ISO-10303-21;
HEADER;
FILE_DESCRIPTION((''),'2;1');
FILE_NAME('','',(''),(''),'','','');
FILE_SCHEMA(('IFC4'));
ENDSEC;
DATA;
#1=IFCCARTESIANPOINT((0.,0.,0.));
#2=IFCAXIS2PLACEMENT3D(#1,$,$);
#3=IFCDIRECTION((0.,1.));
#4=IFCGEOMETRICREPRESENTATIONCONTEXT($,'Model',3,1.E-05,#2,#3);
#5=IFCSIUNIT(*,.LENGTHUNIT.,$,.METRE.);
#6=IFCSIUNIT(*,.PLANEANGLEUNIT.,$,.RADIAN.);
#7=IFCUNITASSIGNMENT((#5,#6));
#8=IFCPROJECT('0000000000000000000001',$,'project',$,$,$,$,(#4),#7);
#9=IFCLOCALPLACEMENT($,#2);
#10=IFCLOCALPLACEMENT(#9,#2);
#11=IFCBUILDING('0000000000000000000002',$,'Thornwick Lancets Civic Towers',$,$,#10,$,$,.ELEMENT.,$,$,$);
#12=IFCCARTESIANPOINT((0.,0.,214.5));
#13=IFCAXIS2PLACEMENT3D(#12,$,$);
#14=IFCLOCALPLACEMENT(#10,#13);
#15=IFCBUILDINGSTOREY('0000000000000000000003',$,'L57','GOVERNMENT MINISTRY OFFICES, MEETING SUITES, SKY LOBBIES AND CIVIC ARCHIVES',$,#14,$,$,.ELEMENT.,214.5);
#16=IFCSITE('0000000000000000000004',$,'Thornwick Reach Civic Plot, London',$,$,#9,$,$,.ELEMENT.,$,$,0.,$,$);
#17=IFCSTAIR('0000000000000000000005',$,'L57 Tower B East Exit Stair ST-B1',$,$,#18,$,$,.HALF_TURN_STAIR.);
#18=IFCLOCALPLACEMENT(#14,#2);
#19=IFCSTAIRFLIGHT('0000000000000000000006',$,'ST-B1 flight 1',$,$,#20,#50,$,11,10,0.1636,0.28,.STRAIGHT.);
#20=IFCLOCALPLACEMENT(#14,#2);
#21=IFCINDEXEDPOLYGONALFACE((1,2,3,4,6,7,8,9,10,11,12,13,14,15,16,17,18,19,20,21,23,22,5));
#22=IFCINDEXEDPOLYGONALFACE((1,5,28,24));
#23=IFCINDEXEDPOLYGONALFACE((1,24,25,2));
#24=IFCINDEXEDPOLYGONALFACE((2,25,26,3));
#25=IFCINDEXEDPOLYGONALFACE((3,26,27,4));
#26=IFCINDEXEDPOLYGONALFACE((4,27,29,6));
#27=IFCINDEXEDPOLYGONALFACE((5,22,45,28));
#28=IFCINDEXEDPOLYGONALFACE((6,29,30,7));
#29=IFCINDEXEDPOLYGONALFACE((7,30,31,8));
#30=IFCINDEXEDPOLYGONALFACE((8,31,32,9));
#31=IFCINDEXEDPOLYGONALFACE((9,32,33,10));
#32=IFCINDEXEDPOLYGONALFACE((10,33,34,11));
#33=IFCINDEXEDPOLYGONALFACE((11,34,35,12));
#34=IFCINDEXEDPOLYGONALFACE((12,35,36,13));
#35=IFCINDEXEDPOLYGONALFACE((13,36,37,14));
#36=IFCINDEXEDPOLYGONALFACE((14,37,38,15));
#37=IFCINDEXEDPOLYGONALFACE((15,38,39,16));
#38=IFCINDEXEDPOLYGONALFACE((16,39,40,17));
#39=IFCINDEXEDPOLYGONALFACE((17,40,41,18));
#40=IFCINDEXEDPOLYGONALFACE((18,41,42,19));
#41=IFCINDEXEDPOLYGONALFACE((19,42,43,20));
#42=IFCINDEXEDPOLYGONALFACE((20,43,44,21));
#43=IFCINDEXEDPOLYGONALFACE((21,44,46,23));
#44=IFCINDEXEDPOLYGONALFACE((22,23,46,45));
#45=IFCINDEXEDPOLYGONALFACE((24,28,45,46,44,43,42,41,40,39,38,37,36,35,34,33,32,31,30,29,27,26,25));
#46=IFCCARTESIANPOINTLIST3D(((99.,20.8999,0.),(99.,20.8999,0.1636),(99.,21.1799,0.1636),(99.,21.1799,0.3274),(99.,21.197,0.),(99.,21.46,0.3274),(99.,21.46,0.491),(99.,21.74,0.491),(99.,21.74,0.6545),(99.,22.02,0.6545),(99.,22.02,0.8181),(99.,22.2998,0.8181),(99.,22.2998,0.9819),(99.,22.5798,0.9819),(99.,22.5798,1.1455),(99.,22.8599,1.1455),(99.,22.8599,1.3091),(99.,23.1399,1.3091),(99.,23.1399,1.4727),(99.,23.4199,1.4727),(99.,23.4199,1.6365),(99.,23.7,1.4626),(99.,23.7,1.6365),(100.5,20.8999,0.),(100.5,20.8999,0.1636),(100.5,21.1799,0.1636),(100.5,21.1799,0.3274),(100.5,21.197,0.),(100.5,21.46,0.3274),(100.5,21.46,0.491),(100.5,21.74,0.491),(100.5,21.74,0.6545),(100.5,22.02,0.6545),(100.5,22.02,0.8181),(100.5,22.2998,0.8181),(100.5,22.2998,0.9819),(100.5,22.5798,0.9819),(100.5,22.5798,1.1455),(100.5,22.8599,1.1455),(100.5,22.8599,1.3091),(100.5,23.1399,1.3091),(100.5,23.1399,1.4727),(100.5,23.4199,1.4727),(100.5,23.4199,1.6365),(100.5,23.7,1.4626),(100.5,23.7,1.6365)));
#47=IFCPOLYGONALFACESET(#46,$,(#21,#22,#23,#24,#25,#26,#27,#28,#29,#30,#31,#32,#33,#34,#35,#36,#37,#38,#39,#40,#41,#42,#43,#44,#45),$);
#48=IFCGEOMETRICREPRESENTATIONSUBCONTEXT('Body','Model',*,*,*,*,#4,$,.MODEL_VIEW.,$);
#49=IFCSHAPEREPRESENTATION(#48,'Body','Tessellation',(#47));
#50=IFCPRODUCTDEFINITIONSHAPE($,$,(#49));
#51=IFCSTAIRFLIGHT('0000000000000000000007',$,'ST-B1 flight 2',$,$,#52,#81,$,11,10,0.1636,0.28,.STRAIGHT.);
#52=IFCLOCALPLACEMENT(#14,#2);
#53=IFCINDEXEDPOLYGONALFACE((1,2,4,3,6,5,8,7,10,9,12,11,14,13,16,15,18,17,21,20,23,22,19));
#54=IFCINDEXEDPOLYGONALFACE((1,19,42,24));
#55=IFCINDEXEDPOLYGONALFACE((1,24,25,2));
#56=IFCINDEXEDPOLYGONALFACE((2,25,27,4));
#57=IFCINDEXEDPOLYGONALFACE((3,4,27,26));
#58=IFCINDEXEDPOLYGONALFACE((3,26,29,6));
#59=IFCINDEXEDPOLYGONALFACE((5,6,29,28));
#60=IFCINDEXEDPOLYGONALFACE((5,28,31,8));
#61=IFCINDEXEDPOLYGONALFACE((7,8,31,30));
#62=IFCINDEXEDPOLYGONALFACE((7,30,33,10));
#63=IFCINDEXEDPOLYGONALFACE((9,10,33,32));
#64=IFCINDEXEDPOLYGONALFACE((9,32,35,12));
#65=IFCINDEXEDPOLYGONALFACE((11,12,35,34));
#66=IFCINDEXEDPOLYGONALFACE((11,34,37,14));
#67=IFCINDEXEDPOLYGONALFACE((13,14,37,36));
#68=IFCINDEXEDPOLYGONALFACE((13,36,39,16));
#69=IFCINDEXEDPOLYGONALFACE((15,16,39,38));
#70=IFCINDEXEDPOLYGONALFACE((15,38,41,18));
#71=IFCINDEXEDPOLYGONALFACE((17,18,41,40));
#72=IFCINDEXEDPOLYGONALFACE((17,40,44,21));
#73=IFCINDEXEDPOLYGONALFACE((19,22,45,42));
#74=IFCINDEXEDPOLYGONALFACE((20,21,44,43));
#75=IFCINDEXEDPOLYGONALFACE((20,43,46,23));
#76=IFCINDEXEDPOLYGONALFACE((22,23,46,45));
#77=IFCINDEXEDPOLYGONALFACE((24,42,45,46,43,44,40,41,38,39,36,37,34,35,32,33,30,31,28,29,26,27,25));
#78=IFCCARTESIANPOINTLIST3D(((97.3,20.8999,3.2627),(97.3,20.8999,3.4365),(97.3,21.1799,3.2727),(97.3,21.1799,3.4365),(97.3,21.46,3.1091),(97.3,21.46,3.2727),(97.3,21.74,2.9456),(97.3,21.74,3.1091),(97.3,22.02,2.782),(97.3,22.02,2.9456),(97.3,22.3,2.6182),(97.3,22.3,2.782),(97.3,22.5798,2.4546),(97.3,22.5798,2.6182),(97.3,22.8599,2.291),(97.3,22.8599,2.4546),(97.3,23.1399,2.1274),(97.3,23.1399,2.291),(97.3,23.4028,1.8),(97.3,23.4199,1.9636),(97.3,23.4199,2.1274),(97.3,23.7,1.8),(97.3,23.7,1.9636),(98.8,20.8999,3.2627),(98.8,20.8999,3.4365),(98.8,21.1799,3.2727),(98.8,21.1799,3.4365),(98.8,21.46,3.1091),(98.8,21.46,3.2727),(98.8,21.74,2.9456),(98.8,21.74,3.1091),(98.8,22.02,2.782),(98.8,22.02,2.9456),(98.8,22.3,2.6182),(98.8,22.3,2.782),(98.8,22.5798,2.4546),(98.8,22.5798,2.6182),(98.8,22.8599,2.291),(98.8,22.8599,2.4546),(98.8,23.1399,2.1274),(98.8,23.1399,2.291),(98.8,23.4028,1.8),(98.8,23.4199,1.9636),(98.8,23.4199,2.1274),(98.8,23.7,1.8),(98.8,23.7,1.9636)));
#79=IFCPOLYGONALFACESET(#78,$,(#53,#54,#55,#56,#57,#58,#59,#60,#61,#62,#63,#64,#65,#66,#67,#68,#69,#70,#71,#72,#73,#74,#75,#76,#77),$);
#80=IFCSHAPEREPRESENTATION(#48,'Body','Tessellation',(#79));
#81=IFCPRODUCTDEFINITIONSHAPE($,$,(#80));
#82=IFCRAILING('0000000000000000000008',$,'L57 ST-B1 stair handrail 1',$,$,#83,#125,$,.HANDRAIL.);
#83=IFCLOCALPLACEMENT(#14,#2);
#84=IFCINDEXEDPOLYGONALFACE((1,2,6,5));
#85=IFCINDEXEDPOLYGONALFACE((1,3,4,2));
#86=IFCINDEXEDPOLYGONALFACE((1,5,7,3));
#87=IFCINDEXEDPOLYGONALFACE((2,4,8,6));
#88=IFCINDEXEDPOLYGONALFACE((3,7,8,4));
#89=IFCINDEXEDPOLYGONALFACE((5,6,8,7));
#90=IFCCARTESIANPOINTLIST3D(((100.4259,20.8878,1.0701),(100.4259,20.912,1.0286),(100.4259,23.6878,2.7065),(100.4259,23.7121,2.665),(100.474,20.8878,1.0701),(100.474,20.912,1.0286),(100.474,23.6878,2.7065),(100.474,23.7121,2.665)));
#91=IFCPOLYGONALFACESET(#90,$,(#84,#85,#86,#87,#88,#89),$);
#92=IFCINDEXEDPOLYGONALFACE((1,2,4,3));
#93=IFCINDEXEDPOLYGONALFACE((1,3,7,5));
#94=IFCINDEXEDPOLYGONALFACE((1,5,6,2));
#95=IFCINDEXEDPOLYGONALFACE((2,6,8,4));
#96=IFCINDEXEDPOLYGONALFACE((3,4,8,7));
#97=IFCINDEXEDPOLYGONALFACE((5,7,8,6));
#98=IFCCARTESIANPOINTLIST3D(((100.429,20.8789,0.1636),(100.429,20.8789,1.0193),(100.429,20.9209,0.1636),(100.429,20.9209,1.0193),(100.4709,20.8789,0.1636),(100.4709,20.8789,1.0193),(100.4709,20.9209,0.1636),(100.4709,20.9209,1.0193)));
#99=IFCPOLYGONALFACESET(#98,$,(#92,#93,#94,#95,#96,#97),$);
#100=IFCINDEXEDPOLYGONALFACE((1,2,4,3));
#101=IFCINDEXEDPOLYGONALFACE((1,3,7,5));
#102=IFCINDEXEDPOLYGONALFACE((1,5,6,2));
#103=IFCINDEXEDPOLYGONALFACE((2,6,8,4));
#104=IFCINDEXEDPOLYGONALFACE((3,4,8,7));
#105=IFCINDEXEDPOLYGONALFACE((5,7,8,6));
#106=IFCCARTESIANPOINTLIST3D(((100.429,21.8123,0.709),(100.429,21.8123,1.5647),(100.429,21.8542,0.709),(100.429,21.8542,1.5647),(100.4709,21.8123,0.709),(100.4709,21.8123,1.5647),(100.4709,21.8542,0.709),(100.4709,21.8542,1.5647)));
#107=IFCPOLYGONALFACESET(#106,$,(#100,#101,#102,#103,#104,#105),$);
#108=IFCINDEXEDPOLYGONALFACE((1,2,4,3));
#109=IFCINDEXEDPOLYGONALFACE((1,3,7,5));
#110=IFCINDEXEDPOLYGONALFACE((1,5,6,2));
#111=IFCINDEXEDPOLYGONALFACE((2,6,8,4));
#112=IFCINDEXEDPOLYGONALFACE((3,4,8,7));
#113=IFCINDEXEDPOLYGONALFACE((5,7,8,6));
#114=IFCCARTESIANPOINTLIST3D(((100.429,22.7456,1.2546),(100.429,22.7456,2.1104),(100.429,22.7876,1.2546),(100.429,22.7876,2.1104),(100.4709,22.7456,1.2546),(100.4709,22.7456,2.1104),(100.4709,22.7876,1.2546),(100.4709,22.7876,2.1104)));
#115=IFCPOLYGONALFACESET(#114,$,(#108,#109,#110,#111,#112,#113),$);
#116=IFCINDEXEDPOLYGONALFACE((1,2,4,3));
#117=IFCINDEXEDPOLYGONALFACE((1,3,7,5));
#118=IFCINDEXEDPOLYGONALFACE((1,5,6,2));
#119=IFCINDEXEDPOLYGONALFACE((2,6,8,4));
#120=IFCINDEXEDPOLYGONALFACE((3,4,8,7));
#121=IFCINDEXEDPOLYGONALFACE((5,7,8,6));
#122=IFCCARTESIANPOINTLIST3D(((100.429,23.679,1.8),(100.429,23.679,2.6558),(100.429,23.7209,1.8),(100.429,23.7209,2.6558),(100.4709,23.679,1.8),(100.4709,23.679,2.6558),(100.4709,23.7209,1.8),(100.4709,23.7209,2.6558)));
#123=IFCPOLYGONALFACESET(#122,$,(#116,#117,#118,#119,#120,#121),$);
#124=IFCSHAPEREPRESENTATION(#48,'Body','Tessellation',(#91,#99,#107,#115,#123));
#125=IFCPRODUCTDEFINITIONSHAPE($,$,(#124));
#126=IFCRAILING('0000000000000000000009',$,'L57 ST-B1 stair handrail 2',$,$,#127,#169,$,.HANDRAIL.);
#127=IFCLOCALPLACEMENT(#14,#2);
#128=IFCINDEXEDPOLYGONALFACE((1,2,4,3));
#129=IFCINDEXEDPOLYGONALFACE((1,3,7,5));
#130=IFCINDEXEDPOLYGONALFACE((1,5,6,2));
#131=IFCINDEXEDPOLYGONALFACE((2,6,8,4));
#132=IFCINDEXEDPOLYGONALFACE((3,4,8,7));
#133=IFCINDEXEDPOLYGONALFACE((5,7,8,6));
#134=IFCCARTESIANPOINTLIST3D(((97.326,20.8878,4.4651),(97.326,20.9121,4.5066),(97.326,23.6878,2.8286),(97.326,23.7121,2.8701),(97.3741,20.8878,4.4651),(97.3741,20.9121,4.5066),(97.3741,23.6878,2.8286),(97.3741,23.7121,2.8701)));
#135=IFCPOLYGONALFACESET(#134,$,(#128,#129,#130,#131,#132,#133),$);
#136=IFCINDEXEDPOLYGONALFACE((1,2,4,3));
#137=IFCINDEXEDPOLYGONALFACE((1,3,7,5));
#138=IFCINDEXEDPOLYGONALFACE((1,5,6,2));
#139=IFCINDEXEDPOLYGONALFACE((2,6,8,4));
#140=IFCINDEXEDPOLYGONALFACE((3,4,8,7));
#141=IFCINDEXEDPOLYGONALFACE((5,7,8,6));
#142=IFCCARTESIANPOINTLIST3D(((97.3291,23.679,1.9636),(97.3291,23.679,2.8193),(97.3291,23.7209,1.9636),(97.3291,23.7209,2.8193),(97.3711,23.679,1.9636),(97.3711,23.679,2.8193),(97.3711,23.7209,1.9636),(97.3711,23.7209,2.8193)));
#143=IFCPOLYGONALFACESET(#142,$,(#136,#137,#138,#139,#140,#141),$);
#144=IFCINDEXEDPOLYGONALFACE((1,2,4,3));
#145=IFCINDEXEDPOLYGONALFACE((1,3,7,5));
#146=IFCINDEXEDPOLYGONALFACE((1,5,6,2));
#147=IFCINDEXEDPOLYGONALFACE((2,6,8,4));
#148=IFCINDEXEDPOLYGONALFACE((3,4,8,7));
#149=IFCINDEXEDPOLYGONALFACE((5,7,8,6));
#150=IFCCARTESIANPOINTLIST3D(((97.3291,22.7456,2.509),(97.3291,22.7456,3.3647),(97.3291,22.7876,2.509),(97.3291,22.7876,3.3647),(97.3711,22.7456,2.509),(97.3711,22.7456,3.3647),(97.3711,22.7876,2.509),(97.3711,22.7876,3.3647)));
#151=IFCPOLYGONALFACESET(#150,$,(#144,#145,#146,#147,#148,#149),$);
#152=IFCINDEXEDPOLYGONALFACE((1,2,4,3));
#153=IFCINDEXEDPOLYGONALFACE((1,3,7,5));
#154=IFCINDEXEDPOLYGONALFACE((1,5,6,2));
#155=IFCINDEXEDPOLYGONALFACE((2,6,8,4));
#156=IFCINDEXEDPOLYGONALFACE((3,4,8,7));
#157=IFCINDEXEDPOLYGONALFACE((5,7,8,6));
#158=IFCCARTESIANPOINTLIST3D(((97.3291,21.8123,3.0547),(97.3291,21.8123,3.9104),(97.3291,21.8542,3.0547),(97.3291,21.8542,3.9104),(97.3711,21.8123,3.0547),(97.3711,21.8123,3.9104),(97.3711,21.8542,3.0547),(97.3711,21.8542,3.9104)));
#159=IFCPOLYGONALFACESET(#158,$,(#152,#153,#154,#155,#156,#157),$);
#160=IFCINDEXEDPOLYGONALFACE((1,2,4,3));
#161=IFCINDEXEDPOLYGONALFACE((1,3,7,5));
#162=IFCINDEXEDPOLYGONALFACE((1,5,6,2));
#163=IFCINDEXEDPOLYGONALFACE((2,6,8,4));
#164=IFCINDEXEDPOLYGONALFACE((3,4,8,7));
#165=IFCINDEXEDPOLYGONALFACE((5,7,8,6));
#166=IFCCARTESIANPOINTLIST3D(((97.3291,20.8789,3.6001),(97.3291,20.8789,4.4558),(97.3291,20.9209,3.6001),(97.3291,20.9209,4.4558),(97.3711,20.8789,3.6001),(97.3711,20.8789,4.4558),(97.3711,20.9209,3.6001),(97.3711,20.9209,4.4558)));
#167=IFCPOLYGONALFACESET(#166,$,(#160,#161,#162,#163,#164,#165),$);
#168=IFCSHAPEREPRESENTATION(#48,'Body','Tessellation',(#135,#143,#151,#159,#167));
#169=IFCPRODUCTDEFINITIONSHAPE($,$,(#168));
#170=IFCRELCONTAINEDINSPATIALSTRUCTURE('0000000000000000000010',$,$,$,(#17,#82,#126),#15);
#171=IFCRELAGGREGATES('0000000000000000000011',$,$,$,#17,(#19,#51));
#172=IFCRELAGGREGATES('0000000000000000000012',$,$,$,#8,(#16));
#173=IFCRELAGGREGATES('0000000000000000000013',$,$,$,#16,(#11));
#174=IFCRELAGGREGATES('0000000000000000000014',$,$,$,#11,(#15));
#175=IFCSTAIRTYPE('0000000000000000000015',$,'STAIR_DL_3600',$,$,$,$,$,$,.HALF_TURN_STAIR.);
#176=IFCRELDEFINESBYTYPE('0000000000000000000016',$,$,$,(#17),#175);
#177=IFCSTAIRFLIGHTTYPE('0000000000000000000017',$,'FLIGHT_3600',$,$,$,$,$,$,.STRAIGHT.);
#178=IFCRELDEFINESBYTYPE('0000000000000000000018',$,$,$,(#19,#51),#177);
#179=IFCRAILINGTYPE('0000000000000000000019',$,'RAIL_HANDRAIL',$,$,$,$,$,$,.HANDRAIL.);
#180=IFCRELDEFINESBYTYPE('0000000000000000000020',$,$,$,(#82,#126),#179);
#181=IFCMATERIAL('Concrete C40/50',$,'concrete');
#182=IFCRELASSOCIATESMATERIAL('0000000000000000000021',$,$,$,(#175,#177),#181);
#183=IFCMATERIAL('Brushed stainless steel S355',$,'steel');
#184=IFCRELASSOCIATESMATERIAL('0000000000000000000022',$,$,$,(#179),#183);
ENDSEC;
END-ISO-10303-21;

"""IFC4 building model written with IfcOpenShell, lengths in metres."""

from ifc_helpers import new_model, si_unit, direction, frame, origin, origin_2d, place, context, subcontext, project, spatial, polyline, rectangle, outline, extrude, material, type_object, element, aggregate, save


model = new_model("IFC4")

# Units and contexts
model_context = context("Model", 3, precision=1e-05, world=origin(), true_north=direction((0.0, 1.0)))
body_context = subcontext(model_context, "Body", "Model", "MODEL_VIEW")
ifc_project = project(units=[si_unit("LENGTHUNIT", "METRE"), si_unit("PLANEANGLEUNIT", "RADIAN")], contexts=[model_context])

# Site, building, storey
site_placement = place(None, origin())
site = spatial("IfcSite", under=ifc_project, at=site_placement, Name="Thornwick Reach Civic Plot, London", CompositionType="ELEMENT", RefElevation=0.0)
building_placement = place(site_placement, origin())
building = spatial("IfcBuilding", under=site, at=building_placement, Name="Thornwick Lancets Civic Towers", CompositionType="ELEMENT")
storey_placement = place(building_placement, frame((0.0, 0.0, 214.5)))
storey = spatial("IfcBuildingStorey", under=building, at=storey_placement, Name="L57", Description="GOVERNMENT MINISTRY OFFICES, MEETING SUITES, SKY LOBBIES AND CIVIC ARCHIVES", CompositionType="ELEMENT", Elevation=214.5)

# Shared definitions
ifc_material_1 = material(Name="Concrete C40/50", Category="concrete")

# Stair, stair flights
stair_type = type_object("IfcStairType", Name="STAIR_DL_3600", PredefinedType="HALF_TURN_STAIR", material=ifc_material_1)
stair_placement = place(storey_placement, origin())
stair = element("IfcStair", 1, at=stair_placement, inside=storey, type_object=stair_type, Name="L57 Tower B East Exit Stair ST-B1", PredefinedType="HALF_TURN_STAIR")
stair_flight_type = type_object("IfcStairFlightType", Name="FLIGHT_3600", PredefinedType="STRAIGHT", material=ifc_material_1)
stair_flight_1_placement = place(storey_placement, frame((99.75, 20.8999, 0.0), z_axis=(0.0, 0.0, 1.0), x_axis=(0.0, 1.0, 0.0)))
stair_flight_1 = element("IfcStairFlight", 2, at=stair_flight_1_placement, type_object=stair_flight_type, Name="ST-B1 flight 1", NumberOfRisers=11, NumberOfTreads=10, PredefinedType="STRAIGHT", RiserHeight=0.1636, TreadLength=0.28, context=body_context, shape_type="SweptSolid", body=[
    extrude(outline(polyline([(0.0, 0.0), (0.0, 0.1636), (0.28, 0.1636), (0.28, 0.3274), (0.5601, 0.3274), (0.5601, 0.491), (0.8401, 0.491), (0.8401, 0.6545), (1.1201, 0.6545), (1.1201, 0.8181), (1.3999, 0.8181), (1.3999, 0.9819), (1.6799, 0.9819), (1.6799, 1.1455), (1.96, 1.1455), (1.96, 1.3091), (2.24, 1.3091), (2.24, 1.4727), (2.52, 1.4727), (2.52, 1.6365), (2.8, 1.6365), (2.8, 1.8), (2.8, 1.4626), (0.2971, 0.0), (0.0, 0.0)])), frame((0.0, 0.75, 0.0), z_axis=(0.0, -1.0, 0.0), x_axis=(1.0, 0.0, 0.0)), (0.0, 0.0, 1.0), 1.5),
])
stair_flight_2_placement = place(storey_placement, frame((98.05, 23.7, 1.8), z_axis=(0.0, 0.0, 1.0), x_axis=(0.0, -1.0, 0.0)))
stair_flight_2 = element("IfcStairFlight", 3, at=stair_flight_2_placement, type_object=stair_flight_type, Name="ST-B1 flight 2", NumberOfRisers=11, NumberOfTreads=10, PredefinedType="STRAIGHT", RiserHeight=0.1636, TreadLength=0.28, context=body_context, shape_type="SweptSolid", body=[
    extrude(outline(polyline([(0.0, 0.0), (0.0, 0.1636), (0.28, 0.1636), (0.28, 0.3274), (0.5601, 0.3274), (0.5601, 0.491), (0.8401, 0.491), (0.8401, 0.6545), (1.1201, 0.6545), (1.1201, 0.8181), (1.3999, 0.8181), (1.3999, 0.9819), (1.6799, 0.9819), (1.6799, 1.1455), (1.96, 1.1455), (1.96, 1.3091), (2.24, 1.3091), (2.24, 1.4727), (2.52, 1.4727), (2.52, 1.6365), (2.8, 1.6365), (2.8, 1.8), (2.8, 1.4626), (0.2971, 0.0), (0.0, 0.0)])), frame((0.0, 0.75, 0.0), z_axis=(0.0, -1.0, 0.0), x_axis=(1.0, 0.0, 0.0)), (0.0, 0.0, 1.0), 1.5),
])
aggregate(stair, [stair_flight_1, stair_flight_2])

# Railings
ifc_material_2 = material(Name="Brushed stainless steel S355", Category="steel")
railing_type_1 = type_object("IfcRailingType", Name="RAIL_HANDRAIL", PredefinedType="HANDRAIL", material=ifc_material_2)
railing_1_placement = place(storey_placement, frame((100.45, 20.8999, 0.1636)))
element("IfcRailing", 4, at=railing_1_placement, inside=storey, type_object=railing_type_1, Name="L57 ST-B1 stair handrail 1", PredefinedType="HANDRAIL", context=body_context, shape_type="SweptSolid", body=[
    extrude(rectangle(XDim=0.0481, YDim=0.0481, at=origin_2d()), frame((0.0, 0.0, 0.8857), z_axis=(0.0, 0.863361, 0.504587), x_axis=(-1.0, 0.0, 0.0)), (0.0, 0.0, 1.0), 3.2432),
    extrude(rectangle(XDim=0.042, YDim=0.042, at=origin_2d()), origin(), (0.0, 0.0, 1.0), 0.8557),
    extrude(rectangle(XDim=0.042, YDim=0.042, at=origin_2d()), frame((0.0, 0.9333, 0.5454)), (0.0, 0.0, 1.0), 0.8557),
    extrude(rectangle(XDim=0.042, YDim=0.042, at=origin_2d()), frame((0.0, 1.8667, 1.0911)), (0.0, 0.0, 1.0), 0.8557),
    extrude(rectangle(XDim=0.042, YDim=0.042, at=origin_2d()), frame((0.0, 2.8, 1.6365)), (0.0, 0.0, 1.0), 0.8557),
])
railing_2_placement = place(storey_placement, frame((97.3501, 23.7, 1.9636)))
element("IfcRailing", 5, at=railing_2_placement, inside=storey, type_object=railing_type_1, Name="L57 ST-B1 stair handrail 2", PredefinedType="HANDRAIL", context=body_context, shape_type="SweptSolid", body=[
    extrude(rectangle(XDim=0.0481, YDim=0.0481, at=origin_2d()), frame((0.0, 0.0, 0.8857), z_axis=(0.0, -0.863361, 0.504587), x_axis=(1.0, 0.0, 0.0)), (0.0, 0.0, 1.0), 3.2432),
    extrude(rectangle(XDim=0.042, YDim=0.042, at=origin_2d()), origin(), (0.0, 0.0, 1.0), 0.8557),
    extrude(rectangle(XDim=0.042, YDim=0.042, at=origin_2d()), frame((0.0, -0.9333, 0.5454)), (0.0, 0.0, 1.0), 0.8557),
    extrude(rectangle(XDim=0.042, YDim=0.042, at=origin_2d()), frame((0.0, -1.8667, 1.0911)), (0.0, 0.0, 1.0), 0.8557),
    extrude(rectangle(XDim=0.042, YDim=0.042, at=origin_2d()), frame((0.0, -2.8, 1.6365)), (0.0, 0.0, 1.0), 0.8557),
])

save(model, "model.ifc")
